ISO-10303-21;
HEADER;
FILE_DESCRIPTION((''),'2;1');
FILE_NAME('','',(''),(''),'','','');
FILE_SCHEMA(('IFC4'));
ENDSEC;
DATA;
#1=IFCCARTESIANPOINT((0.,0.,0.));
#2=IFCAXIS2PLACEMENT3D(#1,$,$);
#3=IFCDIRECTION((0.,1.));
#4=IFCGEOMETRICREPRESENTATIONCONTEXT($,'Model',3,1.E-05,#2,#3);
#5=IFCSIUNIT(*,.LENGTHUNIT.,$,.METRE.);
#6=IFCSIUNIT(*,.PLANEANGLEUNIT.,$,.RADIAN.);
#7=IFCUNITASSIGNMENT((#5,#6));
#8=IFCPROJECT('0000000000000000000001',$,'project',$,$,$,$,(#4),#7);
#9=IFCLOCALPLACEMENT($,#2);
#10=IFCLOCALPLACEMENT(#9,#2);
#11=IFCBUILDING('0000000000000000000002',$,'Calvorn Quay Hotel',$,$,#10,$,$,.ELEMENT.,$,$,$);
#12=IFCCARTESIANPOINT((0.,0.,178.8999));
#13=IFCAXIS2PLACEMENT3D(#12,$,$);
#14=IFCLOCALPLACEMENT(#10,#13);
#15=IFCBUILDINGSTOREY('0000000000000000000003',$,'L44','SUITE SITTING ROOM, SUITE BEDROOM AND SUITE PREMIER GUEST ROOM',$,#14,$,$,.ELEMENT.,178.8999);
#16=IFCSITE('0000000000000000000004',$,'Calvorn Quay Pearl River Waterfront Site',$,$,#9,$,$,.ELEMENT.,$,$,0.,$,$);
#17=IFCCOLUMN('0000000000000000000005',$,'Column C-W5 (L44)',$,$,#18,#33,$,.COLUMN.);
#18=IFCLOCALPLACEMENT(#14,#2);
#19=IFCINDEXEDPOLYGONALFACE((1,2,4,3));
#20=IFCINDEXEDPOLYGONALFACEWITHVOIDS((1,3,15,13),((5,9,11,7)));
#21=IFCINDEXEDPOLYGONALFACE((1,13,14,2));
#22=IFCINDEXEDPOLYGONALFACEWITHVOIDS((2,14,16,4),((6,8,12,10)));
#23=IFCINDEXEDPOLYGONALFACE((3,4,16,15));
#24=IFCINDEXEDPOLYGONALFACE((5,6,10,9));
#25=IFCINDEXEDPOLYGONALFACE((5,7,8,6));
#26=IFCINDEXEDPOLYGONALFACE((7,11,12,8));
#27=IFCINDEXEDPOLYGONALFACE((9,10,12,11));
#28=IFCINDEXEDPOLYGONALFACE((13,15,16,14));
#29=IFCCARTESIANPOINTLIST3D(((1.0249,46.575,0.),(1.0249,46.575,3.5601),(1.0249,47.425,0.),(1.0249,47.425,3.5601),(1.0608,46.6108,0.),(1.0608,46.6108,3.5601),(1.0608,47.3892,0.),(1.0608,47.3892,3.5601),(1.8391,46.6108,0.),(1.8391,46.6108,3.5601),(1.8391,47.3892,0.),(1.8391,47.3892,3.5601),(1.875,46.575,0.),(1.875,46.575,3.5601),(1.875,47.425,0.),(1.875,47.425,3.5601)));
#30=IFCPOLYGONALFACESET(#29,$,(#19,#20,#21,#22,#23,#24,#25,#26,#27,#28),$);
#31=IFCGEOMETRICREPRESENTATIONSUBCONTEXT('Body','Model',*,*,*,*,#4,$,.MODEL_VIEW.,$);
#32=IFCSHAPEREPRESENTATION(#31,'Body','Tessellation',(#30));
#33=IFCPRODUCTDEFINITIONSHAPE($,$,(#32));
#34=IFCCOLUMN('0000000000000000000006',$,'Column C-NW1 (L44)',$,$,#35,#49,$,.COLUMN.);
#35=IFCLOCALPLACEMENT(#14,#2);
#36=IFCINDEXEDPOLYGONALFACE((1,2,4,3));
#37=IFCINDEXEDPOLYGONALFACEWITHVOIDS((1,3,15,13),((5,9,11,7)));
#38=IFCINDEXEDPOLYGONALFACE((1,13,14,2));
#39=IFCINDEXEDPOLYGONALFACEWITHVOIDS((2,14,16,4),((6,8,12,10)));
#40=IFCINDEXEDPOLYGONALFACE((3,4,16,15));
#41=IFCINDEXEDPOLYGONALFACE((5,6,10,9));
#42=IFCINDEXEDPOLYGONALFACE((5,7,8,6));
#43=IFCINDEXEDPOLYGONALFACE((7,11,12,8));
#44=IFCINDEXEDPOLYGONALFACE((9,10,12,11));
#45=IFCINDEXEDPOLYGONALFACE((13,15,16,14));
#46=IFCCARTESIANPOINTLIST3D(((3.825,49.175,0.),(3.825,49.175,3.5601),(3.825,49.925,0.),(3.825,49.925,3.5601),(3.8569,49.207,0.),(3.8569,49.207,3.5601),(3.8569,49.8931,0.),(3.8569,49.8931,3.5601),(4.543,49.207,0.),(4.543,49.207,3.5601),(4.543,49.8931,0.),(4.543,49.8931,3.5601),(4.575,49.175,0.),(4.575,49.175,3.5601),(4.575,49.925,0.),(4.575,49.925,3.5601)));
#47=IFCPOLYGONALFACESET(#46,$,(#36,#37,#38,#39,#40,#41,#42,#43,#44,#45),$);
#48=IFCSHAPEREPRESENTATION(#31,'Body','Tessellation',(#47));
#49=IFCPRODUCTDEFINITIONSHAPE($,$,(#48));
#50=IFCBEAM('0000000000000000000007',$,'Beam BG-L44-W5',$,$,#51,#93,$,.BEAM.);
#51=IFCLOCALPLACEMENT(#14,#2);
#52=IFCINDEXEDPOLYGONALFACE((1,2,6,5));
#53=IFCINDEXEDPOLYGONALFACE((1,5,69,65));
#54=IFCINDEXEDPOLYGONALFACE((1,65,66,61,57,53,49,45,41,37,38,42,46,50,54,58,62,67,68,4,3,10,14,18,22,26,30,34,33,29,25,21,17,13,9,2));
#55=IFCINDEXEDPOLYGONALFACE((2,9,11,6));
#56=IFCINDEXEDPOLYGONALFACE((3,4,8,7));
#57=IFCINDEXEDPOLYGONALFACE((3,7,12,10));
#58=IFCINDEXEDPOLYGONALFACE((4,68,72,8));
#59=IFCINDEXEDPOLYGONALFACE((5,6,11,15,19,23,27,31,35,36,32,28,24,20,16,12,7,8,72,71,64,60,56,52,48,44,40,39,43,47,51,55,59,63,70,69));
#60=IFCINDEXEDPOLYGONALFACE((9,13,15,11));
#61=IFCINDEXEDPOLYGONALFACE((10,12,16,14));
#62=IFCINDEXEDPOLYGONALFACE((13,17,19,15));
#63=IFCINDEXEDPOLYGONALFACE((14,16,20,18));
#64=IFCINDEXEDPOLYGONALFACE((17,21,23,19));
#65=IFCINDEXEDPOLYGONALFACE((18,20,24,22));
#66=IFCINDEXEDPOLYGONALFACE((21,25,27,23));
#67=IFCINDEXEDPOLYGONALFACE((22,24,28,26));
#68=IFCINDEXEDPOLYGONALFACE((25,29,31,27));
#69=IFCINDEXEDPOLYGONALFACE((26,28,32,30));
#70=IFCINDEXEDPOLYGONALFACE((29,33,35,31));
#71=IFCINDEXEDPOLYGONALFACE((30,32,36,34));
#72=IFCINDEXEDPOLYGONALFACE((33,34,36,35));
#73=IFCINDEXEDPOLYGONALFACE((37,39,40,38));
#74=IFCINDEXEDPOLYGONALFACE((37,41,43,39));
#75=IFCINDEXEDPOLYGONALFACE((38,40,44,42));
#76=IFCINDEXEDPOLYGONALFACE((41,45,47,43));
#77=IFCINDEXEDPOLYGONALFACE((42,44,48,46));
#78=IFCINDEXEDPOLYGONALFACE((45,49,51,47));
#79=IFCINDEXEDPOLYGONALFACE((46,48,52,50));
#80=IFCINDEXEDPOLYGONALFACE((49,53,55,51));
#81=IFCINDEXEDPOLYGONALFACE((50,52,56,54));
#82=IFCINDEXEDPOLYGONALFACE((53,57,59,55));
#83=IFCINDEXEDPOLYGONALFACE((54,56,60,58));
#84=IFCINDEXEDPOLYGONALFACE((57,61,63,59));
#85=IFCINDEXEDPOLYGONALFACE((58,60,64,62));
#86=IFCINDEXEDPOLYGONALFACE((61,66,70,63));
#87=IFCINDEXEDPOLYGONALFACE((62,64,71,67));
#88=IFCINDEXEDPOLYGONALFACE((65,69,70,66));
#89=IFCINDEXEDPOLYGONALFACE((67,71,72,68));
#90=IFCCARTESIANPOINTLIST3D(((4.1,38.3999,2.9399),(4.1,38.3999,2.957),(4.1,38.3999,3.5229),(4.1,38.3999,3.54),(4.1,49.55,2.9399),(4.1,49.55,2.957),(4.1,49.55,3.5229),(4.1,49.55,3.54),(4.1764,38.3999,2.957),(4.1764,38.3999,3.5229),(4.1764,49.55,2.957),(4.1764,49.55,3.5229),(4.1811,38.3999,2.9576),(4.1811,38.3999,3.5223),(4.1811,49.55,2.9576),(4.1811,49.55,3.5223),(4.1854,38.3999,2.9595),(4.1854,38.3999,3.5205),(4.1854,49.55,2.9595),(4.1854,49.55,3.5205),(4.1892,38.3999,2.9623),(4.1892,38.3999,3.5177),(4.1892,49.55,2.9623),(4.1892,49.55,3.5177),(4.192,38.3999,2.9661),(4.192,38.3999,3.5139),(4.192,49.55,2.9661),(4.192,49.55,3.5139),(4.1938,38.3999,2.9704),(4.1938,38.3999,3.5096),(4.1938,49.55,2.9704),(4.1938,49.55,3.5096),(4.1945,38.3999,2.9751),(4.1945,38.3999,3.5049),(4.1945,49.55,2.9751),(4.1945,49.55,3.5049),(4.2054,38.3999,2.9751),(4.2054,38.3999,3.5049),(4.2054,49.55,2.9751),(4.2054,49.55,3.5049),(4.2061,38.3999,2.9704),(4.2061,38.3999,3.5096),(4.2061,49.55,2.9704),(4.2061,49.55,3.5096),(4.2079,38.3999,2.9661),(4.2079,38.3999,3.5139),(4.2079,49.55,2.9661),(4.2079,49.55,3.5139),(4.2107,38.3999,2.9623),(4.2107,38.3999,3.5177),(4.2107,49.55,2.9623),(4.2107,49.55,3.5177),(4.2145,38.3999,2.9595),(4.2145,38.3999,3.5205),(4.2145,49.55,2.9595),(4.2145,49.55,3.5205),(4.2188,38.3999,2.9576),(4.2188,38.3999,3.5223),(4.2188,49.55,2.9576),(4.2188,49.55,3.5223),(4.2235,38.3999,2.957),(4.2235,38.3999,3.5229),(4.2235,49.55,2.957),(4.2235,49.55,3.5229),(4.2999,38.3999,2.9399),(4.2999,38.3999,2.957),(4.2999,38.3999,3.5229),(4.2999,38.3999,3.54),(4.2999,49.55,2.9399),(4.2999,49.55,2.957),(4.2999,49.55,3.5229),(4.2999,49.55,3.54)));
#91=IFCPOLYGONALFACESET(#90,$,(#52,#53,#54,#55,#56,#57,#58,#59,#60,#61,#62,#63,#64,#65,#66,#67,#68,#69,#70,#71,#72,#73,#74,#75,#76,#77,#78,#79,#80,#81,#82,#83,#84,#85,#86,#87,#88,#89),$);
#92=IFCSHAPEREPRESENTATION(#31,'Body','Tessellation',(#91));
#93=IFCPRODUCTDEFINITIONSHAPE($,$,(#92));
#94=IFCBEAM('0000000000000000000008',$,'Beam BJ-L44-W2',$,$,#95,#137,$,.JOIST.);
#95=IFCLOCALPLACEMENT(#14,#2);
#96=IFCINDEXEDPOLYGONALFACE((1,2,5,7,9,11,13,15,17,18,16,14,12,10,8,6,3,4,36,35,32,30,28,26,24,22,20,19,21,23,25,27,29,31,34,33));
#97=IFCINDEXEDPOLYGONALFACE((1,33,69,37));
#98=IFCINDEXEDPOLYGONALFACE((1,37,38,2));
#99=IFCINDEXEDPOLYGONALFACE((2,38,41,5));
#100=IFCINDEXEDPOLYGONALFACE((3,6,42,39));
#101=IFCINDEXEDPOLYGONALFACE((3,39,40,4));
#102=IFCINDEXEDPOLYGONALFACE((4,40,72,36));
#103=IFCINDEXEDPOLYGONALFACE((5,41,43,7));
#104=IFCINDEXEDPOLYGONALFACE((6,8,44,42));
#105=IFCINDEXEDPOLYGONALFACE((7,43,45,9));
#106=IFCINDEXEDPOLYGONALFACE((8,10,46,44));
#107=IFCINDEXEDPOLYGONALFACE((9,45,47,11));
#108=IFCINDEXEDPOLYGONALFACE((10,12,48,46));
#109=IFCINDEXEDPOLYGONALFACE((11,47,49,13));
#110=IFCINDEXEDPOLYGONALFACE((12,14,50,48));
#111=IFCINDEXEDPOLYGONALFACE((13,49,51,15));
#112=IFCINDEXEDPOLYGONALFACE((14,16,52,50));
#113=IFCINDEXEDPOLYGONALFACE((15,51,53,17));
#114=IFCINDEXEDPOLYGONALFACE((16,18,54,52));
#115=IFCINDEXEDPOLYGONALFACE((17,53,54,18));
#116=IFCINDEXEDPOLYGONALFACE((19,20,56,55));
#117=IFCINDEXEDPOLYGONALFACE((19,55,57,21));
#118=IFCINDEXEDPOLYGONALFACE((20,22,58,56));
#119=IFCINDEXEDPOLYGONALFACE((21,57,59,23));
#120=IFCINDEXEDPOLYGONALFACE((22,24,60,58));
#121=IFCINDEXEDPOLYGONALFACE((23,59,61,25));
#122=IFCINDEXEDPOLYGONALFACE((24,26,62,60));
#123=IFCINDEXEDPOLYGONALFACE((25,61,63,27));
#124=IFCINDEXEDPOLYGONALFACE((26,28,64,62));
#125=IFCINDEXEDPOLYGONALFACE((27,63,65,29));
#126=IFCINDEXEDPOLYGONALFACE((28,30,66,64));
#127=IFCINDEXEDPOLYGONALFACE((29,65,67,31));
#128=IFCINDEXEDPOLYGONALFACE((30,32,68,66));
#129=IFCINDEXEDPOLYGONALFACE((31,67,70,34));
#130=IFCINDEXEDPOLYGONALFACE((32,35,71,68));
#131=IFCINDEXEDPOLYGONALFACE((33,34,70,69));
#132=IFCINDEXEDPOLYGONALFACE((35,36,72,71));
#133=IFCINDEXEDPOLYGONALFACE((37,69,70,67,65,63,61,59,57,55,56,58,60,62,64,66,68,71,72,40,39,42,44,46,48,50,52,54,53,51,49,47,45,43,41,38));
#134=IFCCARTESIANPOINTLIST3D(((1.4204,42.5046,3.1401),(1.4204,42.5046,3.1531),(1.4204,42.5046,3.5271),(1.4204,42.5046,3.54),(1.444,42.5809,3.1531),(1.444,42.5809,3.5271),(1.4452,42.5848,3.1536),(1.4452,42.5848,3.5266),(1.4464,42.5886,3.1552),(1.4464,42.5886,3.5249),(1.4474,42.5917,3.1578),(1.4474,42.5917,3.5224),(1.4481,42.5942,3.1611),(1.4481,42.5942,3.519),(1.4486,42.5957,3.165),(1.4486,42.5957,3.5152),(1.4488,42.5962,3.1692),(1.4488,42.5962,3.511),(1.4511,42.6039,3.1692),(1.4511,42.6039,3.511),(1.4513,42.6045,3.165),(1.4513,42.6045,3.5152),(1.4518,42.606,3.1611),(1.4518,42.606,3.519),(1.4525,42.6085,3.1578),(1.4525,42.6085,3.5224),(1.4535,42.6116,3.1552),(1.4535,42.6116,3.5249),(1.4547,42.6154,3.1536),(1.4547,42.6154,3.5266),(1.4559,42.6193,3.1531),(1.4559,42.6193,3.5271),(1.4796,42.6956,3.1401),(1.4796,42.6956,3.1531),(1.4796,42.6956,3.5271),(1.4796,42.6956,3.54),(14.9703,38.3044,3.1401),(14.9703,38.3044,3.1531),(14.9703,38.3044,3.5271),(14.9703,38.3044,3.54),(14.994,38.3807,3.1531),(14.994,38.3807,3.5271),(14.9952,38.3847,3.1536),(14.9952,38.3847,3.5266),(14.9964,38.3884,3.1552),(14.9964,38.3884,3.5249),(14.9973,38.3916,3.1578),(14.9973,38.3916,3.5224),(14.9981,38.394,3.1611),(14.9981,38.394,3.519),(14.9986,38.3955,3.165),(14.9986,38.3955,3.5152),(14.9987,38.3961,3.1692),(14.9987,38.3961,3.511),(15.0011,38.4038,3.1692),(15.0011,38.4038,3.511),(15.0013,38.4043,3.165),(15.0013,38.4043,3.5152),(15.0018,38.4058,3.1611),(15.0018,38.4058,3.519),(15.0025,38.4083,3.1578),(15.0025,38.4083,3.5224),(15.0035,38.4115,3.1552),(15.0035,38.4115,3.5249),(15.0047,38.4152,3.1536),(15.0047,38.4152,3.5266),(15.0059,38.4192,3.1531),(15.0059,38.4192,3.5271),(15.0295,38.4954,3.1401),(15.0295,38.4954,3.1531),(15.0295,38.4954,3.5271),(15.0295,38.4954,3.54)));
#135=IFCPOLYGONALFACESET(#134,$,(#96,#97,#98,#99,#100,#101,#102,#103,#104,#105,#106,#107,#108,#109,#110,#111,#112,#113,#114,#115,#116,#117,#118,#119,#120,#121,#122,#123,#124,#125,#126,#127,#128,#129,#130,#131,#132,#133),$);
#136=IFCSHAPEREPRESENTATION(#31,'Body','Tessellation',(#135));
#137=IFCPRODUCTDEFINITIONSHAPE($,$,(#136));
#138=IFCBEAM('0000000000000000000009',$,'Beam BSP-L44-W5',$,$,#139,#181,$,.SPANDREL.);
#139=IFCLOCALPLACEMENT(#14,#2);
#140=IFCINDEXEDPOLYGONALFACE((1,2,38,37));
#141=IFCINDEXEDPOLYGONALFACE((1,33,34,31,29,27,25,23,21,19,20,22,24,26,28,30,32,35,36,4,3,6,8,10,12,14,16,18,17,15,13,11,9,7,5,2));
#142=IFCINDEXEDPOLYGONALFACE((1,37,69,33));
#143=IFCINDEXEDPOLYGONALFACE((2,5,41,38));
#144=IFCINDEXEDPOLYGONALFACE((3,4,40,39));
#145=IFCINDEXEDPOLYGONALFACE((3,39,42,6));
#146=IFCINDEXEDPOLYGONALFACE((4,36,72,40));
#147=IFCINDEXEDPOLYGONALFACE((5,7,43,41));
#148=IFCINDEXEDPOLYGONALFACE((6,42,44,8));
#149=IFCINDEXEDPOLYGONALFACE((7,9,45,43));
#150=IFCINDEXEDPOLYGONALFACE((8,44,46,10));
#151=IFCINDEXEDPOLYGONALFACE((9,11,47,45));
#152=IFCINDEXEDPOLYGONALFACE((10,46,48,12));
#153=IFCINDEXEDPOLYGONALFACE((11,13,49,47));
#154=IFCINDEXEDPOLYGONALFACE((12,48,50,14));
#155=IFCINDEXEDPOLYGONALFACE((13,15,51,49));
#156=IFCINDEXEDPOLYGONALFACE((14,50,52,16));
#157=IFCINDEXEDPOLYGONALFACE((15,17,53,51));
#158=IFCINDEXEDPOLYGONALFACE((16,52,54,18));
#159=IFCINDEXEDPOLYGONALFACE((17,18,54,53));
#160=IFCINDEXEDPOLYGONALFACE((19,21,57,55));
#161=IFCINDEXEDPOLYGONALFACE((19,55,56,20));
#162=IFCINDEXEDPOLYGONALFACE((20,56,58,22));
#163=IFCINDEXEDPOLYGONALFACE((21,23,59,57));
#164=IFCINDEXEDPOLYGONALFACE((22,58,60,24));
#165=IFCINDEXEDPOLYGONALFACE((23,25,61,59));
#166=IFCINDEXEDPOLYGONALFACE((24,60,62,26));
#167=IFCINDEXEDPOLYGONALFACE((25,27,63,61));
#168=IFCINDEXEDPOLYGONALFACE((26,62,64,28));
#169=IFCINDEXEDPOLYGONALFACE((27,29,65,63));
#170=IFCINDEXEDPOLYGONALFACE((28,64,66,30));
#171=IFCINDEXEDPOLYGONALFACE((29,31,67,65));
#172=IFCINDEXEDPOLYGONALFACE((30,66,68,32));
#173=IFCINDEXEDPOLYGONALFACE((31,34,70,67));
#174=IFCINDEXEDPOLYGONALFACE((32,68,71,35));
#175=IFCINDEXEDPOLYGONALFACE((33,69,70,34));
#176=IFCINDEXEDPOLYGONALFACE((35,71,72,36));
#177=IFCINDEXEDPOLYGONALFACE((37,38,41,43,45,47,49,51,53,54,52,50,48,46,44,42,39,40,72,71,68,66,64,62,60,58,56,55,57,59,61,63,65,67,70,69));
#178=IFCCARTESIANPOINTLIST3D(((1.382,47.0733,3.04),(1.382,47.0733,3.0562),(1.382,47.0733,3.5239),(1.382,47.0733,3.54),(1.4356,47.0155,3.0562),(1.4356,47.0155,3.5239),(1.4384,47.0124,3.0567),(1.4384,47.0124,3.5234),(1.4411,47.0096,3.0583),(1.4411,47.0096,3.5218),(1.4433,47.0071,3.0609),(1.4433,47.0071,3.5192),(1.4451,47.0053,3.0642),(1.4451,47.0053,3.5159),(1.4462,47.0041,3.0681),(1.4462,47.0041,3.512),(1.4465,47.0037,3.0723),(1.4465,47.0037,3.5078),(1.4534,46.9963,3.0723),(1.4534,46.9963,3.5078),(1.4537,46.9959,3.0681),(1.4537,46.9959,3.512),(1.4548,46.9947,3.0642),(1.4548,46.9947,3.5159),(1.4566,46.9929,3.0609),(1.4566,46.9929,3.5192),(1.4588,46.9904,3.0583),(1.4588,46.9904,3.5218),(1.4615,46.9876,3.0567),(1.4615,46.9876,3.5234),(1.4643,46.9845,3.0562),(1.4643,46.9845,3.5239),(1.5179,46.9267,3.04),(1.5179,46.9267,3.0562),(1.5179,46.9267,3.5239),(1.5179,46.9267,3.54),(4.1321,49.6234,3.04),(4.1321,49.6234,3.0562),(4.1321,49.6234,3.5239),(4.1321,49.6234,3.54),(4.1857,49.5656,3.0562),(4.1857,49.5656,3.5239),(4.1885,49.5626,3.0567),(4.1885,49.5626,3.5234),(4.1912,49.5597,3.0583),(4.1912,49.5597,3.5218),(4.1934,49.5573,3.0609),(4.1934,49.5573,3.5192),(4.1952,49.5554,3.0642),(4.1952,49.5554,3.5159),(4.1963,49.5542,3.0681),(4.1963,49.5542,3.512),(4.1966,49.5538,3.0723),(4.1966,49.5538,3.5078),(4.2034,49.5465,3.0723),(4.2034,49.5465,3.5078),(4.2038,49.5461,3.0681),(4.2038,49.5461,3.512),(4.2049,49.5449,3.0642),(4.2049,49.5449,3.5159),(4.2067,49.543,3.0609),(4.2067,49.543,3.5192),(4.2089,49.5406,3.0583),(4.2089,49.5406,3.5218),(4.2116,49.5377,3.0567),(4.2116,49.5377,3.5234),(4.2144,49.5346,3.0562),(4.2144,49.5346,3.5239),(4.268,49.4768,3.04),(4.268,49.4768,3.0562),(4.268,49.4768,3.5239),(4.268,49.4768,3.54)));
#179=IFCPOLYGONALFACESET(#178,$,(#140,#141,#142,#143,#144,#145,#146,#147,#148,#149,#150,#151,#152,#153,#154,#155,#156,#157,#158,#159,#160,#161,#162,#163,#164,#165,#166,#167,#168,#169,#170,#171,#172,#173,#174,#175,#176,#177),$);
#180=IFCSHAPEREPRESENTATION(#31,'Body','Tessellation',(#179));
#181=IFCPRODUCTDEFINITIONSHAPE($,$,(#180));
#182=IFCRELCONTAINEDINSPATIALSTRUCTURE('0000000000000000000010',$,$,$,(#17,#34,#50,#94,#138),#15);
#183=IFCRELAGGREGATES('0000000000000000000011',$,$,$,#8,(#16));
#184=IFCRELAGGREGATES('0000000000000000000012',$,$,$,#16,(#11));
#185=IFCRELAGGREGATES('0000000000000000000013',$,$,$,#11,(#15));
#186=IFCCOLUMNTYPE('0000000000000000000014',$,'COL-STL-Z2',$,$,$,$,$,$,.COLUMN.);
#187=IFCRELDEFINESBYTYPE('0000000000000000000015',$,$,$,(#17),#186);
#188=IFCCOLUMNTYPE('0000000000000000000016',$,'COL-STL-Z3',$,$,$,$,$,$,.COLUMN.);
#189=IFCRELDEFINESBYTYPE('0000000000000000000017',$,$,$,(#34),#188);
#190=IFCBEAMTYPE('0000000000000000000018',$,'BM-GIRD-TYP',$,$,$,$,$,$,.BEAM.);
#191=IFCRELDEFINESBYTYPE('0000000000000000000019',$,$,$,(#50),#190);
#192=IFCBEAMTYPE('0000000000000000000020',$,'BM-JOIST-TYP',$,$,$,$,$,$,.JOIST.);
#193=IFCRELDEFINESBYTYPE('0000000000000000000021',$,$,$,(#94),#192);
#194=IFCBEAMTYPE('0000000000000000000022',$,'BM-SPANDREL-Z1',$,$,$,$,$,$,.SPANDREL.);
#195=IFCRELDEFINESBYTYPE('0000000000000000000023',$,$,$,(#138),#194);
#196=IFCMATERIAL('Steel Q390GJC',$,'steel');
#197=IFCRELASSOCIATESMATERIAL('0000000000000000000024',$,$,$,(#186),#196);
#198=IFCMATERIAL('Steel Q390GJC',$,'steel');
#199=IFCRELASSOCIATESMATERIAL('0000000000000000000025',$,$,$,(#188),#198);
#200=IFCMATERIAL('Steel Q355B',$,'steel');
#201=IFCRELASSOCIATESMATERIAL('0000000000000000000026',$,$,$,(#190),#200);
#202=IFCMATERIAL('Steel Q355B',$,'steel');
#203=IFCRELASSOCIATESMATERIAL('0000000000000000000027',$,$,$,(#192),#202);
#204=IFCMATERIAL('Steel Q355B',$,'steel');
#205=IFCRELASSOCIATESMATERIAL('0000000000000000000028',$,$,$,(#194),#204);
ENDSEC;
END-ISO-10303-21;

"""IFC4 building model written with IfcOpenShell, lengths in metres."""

from ifc_helpers import new_model, si_unit, direction, frame, origin, origin_2d, place, context, subcontext, project, spatial, hollow_rectangle, i_section, extrude, material, material_profile, profile_set, type_object, element, save


model = new_model("IFC4")

# Units and contexts
model_context = context("Model", 3, precision=1e-05, world=origin(), true_north=direction((0.0, 1.0)))
body_context = subcontext(model_context, "Body", "Model", "MODEL_VIEW")
ifc_project = project(units=[si_unit("LENGTHUNIT", "METRE"), si_unit("PLANEANGLEUNIT", "RADIAN")], contexts=[model_context])

# Site, building, storey
site_placement = place(None, origin())
site = spatial("IfcSite", under=ifc_project, at=site_placement, Name="Calvorn Quay Pearl River Waterfront Site", CompositionType="ELEMENT", RefElevation=0.0)
building_placement = place(site_placement, origin())
building = spatial("IfcBuilding", under=site, at=building_placement, Name="Calvorn Quay Hotel", CompositionType="ELEMENT")
storey_placement = place(building_placement, frame((0.0, 0.0, 178.8999)))
storey = spatial("IfcBuildingStorey", under=building, at=storey_placement, Name="L44", Description="SUITE SITTING ROOM, SUITE BEDROOM AND SUITE PREMIER GUEST ROOM", CompositionType="ELEMENT", Elevation=178.8999)

# Columns
ifc_material_1 = material(Name="Steel Q390GJC", Category="steel")
ifc_material_profile_1 = material_profile(ifc_material_1, hollow_rectangle(XDim=0.8501, YDim=0.8501, WallThickness=0.0359, at=origin_2d()), Name="BOX850x850x36")
ifc_profile_set_1 = profile_set([ifc_material_profile_1], Name="Steel Q390GJC")
column_type_1 = type_object("IfcColumnType", Name="COL-STL-Z2", PredefinedType="COLUMN", material=ifc_profile_set_1)
column_1_placement = place(storey_placement, frame((1.45, 47.0, 0.0), z_axis=(0.0, 0.0, 1.0), x_axis=(1.0, 0.0, 0.0)))
element("IfcColumn", 1, at=column_1_placement, inside=storey, type_object=column_type_1, Name="Column C-W5 (L44)", PredefinedType="COLUMN", context=body_context, shape_type="SweptSolid", body=[
    extrude(hollow_rectangle(XDim=0.8501, YDim=0.8501, WallThickness=0.0359, at=origin_2d()), origin(), (0.0, 0.0, 1.0), 3.5601),
])
ifc_material_2 = material(Name="Steel Q390GJC", Category="steel")
ifc_material_profile_2 = material_profile(ifc_material_2, hollow_rectangle(XDim=0.75, YDim=0.75, WallThickness=0.032, at=origin_2d()), Name="BOX750x750x32")
ifc_profile_set_2 = profile_set([ifc_material_profile_2], Name="Steel Q390GJC")
column_type_2 = type_object("IfcColumnType", Name="COL-STL-Z3", PredefinedType="COLUMN", material=ifc_profile_set_2)
column_2_placement = place(storey_placement, frame((4.2, 49.55, 0.0), z_axis=(0.0, 0.0, 1.0), x_axis=(1.0, 0.0, 0.0)))
element("IfcColumn", 2, at=column_2_placement, inside=storey, type_object=column_type_2, Name="Column C-NW1 (L44)", PredefinedType="COLUMN", context=body_context, shape_type="SweptSolid", body=[
    extrude(hollow_rectangle(XDim=0.75, YDim=0.75, WallThickness=0.032, at=origin_2d()), origin(), (0.0, 0.0, 1.0), 3.5601),
])

# Beams
ifc_material_3 = material(Name="Steel Q355B", Category="steel")
ifc_material_profile_3 = material_profile(ifc_material_3, i_section(OverallWidth=0.2, OverallDepth=0.6001, WebThickness=0.011, FlangeThickness=0.0171, FilletRadius=0.0181, at=origin_2d()), Name="HN600x200x11x17")
ifc_profile_set_3 = profile_set([ifc_material_profile_3], Name="Steel Q355B")
beam_type_1 = type_object("IfcBeamType", Name="BM-GIRD-TYP", PredefinedType="BEAM", material=ifc_profile_set_3)
beam_1_placement = place(storey_placement, frame((4.2, 49.55, 3.24), z_axis=(0.0, -1.0, 0.0), x_axis=(1.0, 0.0, 0.0)))
element("IfcBeam", 3, at=beam_1_placement, inside=storey, type_object=beam_type_1, Name="Beam BG-L44-W5", PredefinedType="BEAM", context=body_context, shape_type="SweptSolid", body=[
    extrude(i_section(OverallWidth=0.2, OverallDepth=0.6001, WebThickness=0.011, FlangeThickness=0.0171, FilletRadius=0.0181, at=origin_2d()), origin(), (0.0, 0.0, 1.0), 11.1501),
])
ifc_material_4 = material(Name="Steel Q355B", Category="steel")
ifc_material_profile_4 = material_profile(ifc_material_4, i_section(OverallWidth=0.2, OverallDepth=0.3999, WebThickness=0.0081, FlangeThickness=0.0129, FilletRadius=0.0161, at=origin_2d()), Name="HN400x200x8x13")
ifc_profile_set_4 = profile_set([ifc_material_profile_4], Name="Steel Q355B")
beam_type_2 = type_object("IfcBeamType", Name="BM-JOIST-TYP", PredefinedType="JOIST", material=ifc_profile_set_4)
beam_2_placement = place(storey_placement, frame((1.45, 42.6001, 3.3401), z_axis=(0.955164, -0.296078, 0.0), x_axis=(0.296078, 0.955164, 0.0)))
element("IfcBeam", 4, at=beam_2_placement, inside=storey, type_object=beam_type_2, Name="Beam BJ-L44-W2", PredefinedType="JOIST", context=body_context, shape_type="SweptSolid", body=[
    extrude(i_section(OverallWidth=0.2, OverallDepth=0.3999, WebThickness=0.0081, FlangeThickness=0.0129, FilletRadius=0.0161, at=origin_2d()), origin(), (0.0, 0.0, 1.0), 14.186),
])
ifc_material_5 = material(Name="Steel Q355B", Category="steel")
ifc_material_profile_5 = material_profile(ifc_material_5, i_section(OverallWidth=0.2, OverallDepth=0.5, WebThickness=0.01, FlangeThickness=0.0161, FilletRadius=0.0161, at=origin_2d()), Name="HN500x200x10x16")
ifc_profile_set_5 = profile_set([ifc_material_profile_5], Name="Steel Q355B")
beam_type_3 = type_object("IfcBeamType", Name="BM-SPANDREL-Z1", PredefinedType="SPANDREL", material=ifc_profile_set_5)
beam_3_placement = place(storey_placement, frame((1.45, 47.0, 3.29), z_axis=(0.733262, 0.679947, 0.0), x_axis=(-0.679947, 0.733262, 0.0)))
element("IfcBeam", 5, at=beam_3_placement, inside=storey, type_object=beam_type_3, Name="Beam BSP-L44-W5", PredefinedType="SPANDREL", context=body_context, shape_type="SweptSolid", body=[
    extrude(i_section(OverallWidth=0.2, OverallDepth=0.5, WebThickness=0.01, FlangeThickness=0.0161, FilletRadius=0.0161, at=origin_2d()), origin(), (0.0, 0.0, 1.0), 3.7505),
])

save(model, "model.ifc")
